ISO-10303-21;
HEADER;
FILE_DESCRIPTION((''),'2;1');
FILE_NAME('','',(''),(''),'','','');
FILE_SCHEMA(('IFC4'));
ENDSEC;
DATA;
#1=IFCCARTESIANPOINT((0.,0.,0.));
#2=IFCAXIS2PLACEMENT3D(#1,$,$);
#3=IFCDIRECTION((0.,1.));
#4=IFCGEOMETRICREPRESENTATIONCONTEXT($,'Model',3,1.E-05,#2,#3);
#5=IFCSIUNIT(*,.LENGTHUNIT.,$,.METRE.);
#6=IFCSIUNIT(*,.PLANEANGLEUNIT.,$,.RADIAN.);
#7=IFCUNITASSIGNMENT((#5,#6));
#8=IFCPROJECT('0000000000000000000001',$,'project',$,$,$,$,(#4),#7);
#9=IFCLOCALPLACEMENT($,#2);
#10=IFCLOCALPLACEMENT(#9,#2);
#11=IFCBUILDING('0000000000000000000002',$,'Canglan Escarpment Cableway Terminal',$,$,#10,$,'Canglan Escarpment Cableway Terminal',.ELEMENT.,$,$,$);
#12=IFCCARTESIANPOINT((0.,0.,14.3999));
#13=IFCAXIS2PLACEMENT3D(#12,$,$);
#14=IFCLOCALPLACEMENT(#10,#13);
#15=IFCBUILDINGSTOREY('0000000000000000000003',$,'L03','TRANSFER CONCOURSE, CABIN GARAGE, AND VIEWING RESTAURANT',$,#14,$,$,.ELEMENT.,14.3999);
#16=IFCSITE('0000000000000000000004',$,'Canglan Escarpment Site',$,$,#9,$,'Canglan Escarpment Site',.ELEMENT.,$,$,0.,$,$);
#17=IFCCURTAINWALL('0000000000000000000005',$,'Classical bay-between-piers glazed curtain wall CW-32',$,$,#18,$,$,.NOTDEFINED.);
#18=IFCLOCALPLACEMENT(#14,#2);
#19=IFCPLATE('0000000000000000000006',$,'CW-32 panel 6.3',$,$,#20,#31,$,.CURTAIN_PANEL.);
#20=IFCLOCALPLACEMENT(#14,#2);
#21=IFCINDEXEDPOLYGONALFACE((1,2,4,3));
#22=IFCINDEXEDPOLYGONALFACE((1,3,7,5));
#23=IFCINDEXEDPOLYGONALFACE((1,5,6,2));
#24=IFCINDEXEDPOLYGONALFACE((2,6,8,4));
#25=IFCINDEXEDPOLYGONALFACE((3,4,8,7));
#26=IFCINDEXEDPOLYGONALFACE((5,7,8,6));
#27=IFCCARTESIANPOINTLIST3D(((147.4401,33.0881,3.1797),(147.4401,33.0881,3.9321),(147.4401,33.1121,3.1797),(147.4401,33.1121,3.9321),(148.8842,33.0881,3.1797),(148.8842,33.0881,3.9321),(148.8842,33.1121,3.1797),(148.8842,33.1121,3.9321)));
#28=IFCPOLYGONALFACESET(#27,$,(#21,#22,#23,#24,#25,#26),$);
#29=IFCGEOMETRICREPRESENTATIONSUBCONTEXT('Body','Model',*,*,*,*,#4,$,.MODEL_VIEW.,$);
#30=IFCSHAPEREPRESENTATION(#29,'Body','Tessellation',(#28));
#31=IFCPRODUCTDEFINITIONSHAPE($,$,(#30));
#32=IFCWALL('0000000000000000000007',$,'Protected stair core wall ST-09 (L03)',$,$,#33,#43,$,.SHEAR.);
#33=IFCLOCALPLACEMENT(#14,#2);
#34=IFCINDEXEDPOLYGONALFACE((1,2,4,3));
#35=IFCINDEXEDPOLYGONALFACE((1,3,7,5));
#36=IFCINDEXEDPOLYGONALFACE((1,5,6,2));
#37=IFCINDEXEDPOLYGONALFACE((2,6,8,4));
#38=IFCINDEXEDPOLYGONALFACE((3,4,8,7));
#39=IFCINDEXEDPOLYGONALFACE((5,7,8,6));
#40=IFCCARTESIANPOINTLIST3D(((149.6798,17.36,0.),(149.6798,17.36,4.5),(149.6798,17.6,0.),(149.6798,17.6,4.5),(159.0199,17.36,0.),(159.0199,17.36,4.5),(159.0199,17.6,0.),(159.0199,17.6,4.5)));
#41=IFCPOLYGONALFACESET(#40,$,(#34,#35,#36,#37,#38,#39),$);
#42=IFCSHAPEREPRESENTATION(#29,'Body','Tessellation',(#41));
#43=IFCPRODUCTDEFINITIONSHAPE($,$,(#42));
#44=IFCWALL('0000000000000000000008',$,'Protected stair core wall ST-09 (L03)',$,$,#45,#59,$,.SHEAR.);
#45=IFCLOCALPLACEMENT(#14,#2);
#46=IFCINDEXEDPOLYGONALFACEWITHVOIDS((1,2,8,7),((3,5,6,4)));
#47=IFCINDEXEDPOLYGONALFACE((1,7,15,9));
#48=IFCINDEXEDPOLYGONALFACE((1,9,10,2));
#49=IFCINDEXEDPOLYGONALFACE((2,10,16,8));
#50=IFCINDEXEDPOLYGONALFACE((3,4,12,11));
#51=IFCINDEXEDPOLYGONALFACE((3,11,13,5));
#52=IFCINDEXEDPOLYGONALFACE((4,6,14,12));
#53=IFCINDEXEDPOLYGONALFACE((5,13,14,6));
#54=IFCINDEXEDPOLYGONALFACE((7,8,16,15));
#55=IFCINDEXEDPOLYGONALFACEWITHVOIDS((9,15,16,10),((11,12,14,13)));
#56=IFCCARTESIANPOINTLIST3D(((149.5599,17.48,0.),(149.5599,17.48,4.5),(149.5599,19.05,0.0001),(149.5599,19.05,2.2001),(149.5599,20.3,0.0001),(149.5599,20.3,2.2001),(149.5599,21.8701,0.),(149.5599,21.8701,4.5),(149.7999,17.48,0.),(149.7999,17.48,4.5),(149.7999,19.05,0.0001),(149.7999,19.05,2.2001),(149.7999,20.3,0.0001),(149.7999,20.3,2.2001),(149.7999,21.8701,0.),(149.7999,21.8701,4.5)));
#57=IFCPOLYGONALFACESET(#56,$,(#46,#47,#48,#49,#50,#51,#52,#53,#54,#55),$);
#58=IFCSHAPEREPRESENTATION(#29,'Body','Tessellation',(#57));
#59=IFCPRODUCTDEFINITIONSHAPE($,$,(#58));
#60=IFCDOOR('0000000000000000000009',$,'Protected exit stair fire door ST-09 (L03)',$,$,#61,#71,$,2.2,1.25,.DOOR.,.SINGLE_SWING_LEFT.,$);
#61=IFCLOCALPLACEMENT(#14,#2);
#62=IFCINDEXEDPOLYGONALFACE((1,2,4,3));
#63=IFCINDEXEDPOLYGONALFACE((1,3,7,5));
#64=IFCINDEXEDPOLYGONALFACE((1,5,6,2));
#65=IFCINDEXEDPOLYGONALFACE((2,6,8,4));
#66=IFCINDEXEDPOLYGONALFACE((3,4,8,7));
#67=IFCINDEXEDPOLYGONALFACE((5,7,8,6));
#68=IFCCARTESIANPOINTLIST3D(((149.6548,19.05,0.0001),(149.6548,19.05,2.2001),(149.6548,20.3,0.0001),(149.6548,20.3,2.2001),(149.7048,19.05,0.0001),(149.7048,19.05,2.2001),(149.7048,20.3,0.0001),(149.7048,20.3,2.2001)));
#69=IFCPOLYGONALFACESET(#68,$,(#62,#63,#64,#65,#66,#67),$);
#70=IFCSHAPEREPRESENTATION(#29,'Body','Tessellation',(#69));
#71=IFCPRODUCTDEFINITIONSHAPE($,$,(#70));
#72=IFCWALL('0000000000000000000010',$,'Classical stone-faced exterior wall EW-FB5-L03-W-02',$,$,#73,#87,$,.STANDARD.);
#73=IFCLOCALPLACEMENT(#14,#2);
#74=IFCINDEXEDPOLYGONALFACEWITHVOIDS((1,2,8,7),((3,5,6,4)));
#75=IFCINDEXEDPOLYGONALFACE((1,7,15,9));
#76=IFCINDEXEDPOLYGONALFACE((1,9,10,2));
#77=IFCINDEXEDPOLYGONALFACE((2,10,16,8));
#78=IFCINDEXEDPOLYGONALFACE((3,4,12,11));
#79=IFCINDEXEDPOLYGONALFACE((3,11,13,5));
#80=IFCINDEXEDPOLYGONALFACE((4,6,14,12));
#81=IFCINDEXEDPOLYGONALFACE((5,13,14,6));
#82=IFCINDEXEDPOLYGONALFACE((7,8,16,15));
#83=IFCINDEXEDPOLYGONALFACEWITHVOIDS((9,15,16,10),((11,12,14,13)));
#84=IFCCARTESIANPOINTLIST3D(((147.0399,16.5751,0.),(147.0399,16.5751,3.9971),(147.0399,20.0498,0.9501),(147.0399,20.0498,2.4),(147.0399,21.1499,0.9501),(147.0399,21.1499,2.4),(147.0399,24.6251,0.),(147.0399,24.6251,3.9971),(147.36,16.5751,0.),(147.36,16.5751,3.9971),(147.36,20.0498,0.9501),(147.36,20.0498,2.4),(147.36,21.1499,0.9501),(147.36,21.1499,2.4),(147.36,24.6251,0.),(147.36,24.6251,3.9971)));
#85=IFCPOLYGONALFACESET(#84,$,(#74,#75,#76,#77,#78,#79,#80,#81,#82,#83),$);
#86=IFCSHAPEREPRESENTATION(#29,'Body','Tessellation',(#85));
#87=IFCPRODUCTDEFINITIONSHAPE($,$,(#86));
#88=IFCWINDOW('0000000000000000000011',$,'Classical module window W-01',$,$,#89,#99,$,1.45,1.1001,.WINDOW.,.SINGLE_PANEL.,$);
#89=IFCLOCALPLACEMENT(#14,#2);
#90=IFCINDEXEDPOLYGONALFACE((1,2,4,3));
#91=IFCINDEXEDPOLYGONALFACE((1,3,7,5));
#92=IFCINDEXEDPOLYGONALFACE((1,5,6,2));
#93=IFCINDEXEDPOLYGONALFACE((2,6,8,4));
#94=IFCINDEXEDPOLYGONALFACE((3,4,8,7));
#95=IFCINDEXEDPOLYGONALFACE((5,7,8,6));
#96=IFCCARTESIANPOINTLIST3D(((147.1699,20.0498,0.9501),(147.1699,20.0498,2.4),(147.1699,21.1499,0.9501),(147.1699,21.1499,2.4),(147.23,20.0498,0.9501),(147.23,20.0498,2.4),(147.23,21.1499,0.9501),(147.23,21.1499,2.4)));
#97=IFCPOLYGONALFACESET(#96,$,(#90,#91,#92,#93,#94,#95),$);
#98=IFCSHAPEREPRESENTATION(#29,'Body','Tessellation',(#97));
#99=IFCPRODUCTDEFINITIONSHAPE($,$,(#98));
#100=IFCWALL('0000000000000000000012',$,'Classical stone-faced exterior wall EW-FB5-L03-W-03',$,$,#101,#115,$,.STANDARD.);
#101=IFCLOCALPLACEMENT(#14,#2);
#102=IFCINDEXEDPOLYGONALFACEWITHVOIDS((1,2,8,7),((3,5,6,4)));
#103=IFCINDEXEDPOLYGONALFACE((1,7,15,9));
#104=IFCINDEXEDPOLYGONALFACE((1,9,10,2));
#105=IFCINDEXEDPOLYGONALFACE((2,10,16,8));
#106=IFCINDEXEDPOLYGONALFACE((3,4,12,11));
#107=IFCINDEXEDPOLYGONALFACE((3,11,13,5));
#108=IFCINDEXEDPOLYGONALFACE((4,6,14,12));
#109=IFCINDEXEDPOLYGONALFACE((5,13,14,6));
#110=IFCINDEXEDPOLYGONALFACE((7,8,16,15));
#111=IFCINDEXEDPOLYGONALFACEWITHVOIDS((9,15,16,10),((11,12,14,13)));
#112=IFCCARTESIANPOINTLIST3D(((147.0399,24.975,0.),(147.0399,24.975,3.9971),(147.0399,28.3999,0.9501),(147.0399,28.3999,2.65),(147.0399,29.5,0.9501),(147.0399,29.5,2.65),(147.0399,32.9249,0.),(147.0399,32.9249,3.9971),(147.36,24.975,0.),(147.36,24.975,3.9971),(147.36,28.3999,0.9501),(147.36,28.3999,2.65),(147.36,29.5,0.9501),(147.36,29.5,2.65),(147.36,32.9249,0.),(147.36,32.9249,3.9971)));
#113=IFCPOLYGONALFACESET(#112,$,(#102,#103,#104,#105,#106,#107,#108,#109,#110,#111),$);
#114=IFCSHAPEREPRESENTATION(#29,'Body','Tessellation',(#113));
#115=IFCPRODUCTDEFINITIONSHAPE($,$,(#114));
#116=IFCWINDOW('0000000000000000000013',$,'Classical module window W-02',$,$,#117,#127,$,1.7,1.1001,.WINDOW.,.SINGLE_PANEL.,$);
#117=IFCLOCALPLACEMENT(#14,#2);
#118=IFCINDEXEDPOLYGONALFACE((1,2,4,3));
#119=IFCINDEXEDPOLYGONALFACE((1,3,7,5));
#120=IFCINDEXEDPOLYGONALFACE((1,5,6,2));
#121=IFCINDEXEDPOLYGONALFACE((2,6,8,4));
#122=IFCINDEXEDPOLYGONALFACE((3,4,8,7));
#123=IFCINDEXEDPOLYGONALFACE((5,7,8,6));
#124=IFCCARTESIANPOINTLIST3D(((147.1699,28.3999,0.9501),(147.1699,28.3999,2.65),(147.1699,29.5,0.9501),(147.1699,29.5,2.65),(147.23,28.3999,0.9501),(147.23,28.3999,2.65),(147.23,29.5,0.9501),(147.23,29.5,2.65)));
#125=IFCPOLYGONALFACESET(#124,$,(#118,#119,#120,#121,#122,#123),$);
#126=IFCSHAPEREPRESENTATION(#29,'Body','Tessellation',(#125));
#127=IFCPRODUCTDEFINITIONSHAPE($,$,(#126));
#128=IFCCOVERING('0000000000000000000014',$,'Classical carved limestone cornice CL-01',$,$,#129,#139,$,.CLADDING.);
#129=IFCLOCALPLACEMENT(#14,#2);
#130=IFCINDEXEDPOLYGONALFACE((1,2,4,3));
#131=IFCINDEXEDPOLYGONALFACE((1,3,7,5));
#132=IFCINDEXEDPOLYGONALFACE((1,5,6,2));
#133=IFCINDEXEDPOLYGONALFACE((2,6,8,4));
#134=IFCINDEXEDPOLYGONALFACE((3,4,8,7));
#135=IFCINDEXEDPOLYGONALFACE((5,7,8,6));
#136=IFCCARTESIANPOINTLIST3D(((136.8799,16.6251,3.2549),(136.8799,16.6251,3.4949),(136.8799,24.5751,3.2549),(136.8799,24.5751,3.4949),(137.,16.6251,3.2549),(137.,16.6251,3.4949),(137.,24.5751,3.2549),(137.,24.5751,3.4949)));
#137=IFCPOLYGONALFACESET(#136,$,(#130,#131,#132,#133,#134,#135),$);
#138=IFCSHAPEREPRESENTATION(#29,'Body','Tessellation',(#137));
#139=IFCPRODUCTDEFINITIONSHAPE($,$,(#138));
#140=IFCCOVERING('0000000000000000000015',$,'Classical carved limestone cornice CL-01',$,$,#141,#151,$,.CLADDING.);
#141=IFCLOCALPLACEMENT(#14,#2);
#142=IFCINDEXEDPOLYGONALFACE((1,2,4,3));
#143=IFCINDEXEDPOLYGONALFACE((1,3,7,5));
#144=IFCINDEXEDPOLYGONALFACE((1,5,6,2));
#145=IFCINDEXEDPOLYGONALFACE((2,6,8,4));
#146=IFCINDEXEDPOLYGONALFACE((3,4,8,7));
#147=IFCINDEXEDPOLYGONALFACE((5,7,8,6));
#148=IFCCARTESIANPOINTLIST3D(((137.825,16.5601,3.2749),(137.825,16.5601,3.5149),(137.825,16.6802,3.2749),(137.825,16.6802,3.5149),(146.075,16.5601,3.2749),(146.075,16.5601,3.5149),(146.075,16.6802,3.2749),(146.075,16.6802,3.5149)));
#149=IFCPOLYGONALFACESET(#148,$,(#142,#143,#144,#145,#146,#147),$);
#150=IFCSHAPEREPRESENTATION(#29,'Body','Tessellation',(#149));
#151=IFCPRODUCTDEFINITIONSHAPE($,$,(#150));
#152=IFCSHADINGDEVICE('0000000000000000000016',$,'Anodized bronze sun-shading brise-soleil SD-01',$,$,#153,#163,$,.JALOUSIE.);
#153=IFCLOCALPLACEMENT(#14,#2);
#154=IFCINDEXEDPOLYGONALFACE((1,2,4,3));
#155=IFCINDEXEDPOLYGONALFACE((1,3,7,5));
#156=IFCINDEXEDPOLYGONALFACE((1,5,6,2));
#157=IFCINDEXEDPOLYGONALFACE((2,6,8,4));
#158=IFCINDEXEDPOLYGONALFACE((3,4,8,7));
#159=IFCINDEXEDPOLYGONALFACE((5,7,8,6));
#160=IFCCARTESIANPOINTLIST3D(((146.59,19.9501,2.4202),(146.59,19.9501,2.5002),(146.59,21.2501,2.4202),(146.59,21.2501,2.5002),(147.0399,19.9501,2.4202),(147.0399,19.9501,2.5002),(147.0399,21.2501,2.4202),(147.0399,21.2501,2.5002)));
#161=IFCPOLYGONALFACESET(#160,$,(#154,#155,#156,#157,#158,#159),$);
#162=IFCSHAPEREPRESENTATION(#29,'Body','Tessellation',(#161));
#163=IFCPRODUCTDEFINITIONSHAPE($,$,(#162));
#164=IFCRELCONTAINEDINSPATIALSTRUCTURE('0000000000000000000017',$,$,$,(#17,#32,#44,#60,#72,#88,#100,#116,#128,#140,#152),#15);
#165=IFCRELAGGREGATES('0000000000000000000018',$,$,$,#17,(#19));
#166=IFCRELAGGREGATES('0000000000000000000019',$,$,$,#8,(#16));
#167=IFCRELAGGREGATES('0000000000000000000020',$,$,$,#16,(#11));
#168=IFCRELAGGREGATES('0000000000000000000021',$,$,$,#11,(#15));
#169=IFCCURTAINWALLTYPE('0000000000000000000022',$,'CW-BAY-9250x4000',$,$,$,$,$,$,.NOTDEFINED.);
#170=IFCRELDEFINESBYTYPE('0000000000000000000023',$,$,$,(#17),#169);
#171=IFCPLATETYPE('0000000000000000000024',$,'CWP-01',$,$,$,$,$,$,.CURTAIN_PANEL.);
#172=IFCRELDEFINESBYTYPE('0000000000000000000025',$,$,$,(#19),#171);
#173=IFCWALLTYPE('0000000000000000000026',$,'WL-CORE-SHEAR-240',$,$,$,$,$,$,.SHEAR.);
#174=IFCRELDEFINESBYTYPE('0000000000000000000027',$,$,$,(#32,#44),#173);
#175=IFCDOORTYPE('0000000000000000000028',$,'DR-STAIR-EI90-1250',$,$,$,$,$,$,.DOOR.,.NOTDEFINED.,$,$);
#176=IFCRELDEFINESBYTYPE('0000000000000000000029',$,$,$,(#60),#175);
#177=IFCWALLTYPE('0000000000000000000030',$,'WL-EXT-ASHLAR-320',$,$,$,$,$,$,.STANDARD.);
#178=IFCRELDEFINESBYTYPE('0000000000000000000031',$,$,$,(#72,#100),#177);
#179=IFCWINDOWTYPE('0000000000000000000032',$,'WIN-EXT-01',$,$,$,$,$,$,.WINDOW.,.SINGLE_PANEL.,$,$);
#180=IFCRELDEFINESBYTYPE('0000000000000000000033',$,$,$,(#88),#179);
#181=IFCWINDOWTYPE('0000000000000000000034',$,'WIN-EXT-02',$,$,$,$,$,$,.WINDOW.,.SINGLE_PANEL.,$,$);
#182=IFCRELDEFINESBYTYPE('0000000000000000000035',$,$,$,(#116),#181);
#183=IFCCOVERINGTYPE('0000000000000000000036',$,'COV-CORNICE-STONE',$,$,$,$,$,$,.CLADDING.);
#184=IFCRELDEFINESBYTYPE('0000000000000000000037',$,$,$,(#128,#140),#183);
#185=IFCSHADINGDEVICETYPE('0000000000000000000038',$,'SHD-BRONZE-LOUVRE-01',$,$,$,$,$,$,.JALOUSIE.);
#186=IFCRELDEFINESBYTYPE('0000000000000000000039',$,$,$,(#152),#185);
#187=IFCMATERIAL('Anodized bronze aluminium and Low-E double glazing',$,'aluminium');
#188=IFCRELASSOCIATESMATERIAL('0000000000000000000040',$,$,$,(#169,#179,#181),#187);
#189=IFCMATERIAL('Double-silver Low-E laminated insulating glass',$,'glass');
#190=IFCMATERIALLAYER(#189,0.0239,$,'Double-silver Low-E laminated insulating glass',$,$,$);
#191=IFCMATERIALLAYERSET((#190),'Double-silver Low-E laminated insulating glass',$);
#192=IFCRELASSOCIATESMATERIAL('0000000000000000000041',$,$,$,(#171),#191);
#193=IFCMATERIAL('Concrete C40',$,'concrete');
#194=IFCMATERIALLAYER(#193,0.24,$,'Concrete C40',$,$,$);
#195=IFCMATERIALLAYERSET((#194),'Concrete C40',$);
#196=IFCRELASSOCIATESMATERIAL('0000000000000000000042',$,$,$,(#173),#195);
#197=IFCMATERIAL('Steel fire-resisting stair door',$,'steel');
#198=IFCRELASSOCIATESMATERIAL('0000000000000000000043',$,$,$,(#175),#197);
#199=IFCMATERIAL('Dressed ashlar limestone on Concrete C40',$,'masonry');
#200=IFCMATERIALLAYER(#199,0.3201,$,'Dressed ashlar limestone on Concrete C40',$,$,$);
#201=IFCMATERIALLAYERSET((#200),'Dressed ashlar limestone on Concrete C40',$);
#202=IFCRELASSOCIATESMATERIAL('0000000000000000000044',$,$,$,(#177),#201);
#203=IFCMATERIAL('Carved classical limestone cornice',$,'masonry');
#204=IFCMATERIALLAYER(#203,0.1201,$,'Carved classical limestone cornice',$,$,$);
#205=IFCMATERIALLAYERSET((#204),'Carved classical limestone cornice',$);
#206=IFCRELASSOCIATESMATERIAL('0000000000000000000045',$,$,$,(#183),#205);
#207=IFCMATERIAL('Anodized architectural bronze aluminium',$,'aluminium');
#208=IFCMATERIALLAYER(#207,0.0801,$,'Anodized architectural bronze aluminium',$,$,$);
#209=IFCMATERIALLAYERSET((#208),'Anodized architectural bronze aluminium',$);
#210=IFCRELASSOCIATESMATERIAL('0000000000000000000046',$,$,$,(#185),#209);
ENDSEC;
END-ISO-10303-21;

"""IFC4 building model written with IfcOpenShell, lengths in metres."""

from ifc_helpers import new_model, si_unit, direction, frame, frame_2d, origin, origin_2d, place, context, subcontext, project, spatial, rectangle, extrude, material, layer, layer_set, type_object, element, fill, aggregate, save


model = new_model("IFC4")

# Units and contexts
model_context = context("Model", 3, precision=1e-05, world=origin(), true_north=direction((0.0, 1.0)))
body_context = subcontext(model_context, "Body", "Model", "MODEL_VIEW")
ifc_project = project(units=[si_unit("LENGTHUNIT", "METRE"), si_unit("PLANEANGLEUNIT", "RADIAN")], contexts=[model_context])

# Site, building, storey
site_placement = place(None, origin())
site = spatial("IfcSite", under=ifc_project, at=site_placement, Name="Canglan Escarpment Site", LongName="Canglan Escarpment Site", CompositionType="ELEMENT", RefElevation=0.0)
building_placement = place(site_placement, origin())
building = spatial("IfcBuilding", under=site, at=building_placement, Name="Canglan Escarpment Cableway Terminal", LongName="Canglan Escarpment Cableway Terminal", CompositionType="ELEMENT")
storey_placement = place(building_placement, frame((0.0, 0.0, 14.3999)))
storey = spatial("IfcBuildingStorey", under=building, at=storey_placement, Name="L03", Description="TRANSFER CONCOURSE, CABIN GARAGE, AND VIEWING RESTAURANT", CompositionType="ELEMENT", Elevation=14.3999)

# Curtain wall
ifc_material_1 = material(Name="Anodized bronze aluminium and Low-E double glazing", Category="aluminium")
curtain_wall_type = type_object("IfcCurtainWallType", Name="CW-BAY-9250x4000", PredefinedType="NOTDEFINED", material=ifc_material_1)
curtain_wall_placement = place(storey_placement, origin())
curtain_wall = element("IfcCurtainWall", 1, at=curtain_wall_placement, inside=storey, type_object=curtain_wall_type, Name="Classical bay-between-piers glazed curtain wall CW-32", PredefinedType="NOTDEFINED")

# Plate
ifc_material_2 = material(Name="Double-silver Low-E laminated insulating glass", Category="glass")
ifc_layer_1 = layer(ifc_material_2, 0.0239, Name="Double-silver Low-E laminated insulating glass")
ifc_layer_set_1 = layer_set([ifc_layer_1], Name="Double-silver Low-E laminated insulating glass")
plate_type = type_object("IfcPlateType", Name="CWP-01", PredefinedType="CURTAIN_PANEL", material=ifc_layer_set_1)
plate_1_placement = place(storey_placement, frame((148.1621, 33.1001, 3.1797), z_axis=(0.0, 0.0, 1.0), x_axis=(-1.0, 0.0, 0.0)))
plate_1 = element("IfcPlate", 2, at=plate_1_placement, type_object=plate_type, Name="CW-32 panel 6.3", PredefinedType="CURTAIN_PANEL", context=body_context, shape_type="SweptSolid", body=[
    extrude(rectangle(XDim=1.4441, YDim=0.0239, at=origin_2d()), origin(), (0.0, 0.0, 1.0), 0.7524),
])
aggregate(curtain_wall, [plate_1])

# Wall
ifc_material_3 = material(Name="Concrete C40", Category="concrete")
ifc_layer_2 = layer(ifc_material_3, 0.24, Name="Concrete C40")
ifc_layer_set_2 = layer_set([ifc_layer_2], Name="Concrete C40")
wall_type_1 = type_object("IfcWallType", Name="WL-CORE-SHEAR-240", PredefinedType="SHEAR", material=ifc_layer_set_2)
wall_1_placement = place(storey_placement, frame((149.6799, 17.48, 0.0), z_axis=(0.0, 0.0, 1.0), x_axis=(1.0, 0.0, 0.0)))
element("IfcWall", 3, at=wall_1_placement, inside=storey, type_object=wall_type_1, Name="Protected stair core wall ST-09 (L03)", PredefinedType="SHEAR", context=body_context, shape_type="SweptSolid", body=[
    extrude(rectangle(XDim=9.3401, YDim=0.24, at=frame_2d((4.6699, 0.0))), origin(), (0.0, 0.0, 1.0), 4.5),
])

# Wall, opening, door
wall_2_placement = place(storey_placement, frame((149.6799, 21.8701, 0.0), z_axis=(0.0, 0.0, 1.0), x_axis=(0.0, -1.0, 0.0)))
wall_2 = element("IfcWall", 4, at=wall_2_placement, inside=storey, type_object=wall_type_1, Name="Protected stair core wall ST-09 (L03)", PredefinedType="SHEAR", context=body_context, shape_type="SweptSolid", body=[
    extrude(rectangle(XDim=4.3901, YDim=0.24, at=frame_2d((2.1951, 0.0))), origin(), (0.0, 0.0, 1.0), 4.5),
])
opening_1_placement = place(wall_2_placement, frame((1.5701, 0.0, 0.0)))
opening_1 = element("IfcOpeningElement", 5, at=opening_1_placement, cuts=wall_2, PredefinedType="OPENING", context=body_context, shape_type="SweptSolid", body=[
    extrude(rectangle(XDim=1.25, YDim=2.2, at=frame_2d((0.625, 1.1001))), frame((0.0, 0.1299, 0.0), z_axis=(0.0, -1.0, 0.0), x_axis=(1.0, 0.0, 0.0)), (0.0, 0.0, 1.0), 0.26),
])
ifc_material_4 = material(Name="Steel fire-resisting stair door", Category="steel")
door_type = type_object("IfcDoorType", Name="DR-STAIR-EI90-1250", OperationType="NOTDEFINED", PredefinedType="DOOR", material=ifc_material_4)
door_placement = place(opening_1_placement, origin())
door = element("IfcDoor", 6, at=door_placement, inside=storey, type_object=door_type, Name="Protected exit stair fire door ST-09 (L03)", OperationType="SINGLE_SWING_LEFT", OverallHeight=2.2, OverallWidth=1.25, PredefinedType="DOOR", context=body_context, shape_type="SweptSolid", body=[
    extrude(rectangle(XDim=1.25, YDim=2.2, at=frame_2d((0.625, 1.1001))), frame((0.0, 0.0249, 0.0), z_axis=(0.0, -1.0, 0.0), x_axis=(1.0, 0.0, 0.0)), (0.0, 0.0, 1.0), 0.05),
])
fill(opening_1, door)

# Walls, openings, windows
ifc_material_5 = material(Name="Dressed ashlar limestone on Concrete C40", Category="masonry")
ifc_layer_3 = layer(ifc_material_5, 0.3201, Name="Dressed ashlar limestone on Concrete C40")
ifc_layer_set_3 = layer_set([ifc_layer_3], Name="Dressed ashlar limestone on Concrete C40")
wall_type_2 = type_object("IfcWallType", Name="WL-EXT-ASHLAR-320", PredefinedType="STANDARD", material=ifc_layer_set_3)
wall_3_placement = place(storey_placement, frame((147.2, 24.625, 0.0), z_axis=(0.0, 0.0, 1.0), x_axis=(0.0, -1.0, 0.0)))
wall_3 = element("IfcWall", 7, at=wall_3_placement, inside=storey, type_object=wall_type_2, Name="Classical stone-faced exterior wall EW-FB5-L03-W-02", PredefinedType="STANDARD", context=body_context, shape_type="SweptSolid", body=[
    extrude(rectangle(XDim=8.05, YDim=0.3201, at=frame_2d((4.0249, 0.0))), origin(), (0.0, 0.0, 1.0), 3.9971),
])
opening_2_placement = place(wall_3_placement, frame((3.4751, 0.0, 0.95)))
opening_2 = element("IfcOpeningElement", 8, at=opening_2_placement, cuts=wall_3, PredefinedType="OPENING", context=body_context, shape_type="SweptSolid", body=[
    extrude(rectangle(XDim=1.1001, YDim=1.45, at=frame_2d((0.55, 0.7251))), frame((0.0, 0.1699, 0.0), z_axis=(0.0, -1.0, 0.0), x_axis=(1.0, 0.0, 0.0)), (0.0, 0.0, 1.0), 0.3401),
])
window_type_1 = type_object("IfcWindowType", Name="WIN-EXT-01", PartitioningType="SINGLE_PANEL", PredefinedType="WINDOW", material=ifc_material_1)
window_1_placement = place(opening_2_placement, origin())
window_1 = element("IfcWindow", 9, at=window_1_placement, inside=storey, type_object=window_type_1, Name="Classical module window W-01", OverallHeight=1.45, OverallWidth=1.1001, PartitioningType="SINGLE_PANEL", PredefinedType="WINDOW", context=body_context, shape_type="SweptSolid", body=[
    extrude(rectangle(XDim=1.1001, YDim=1.45, at=frame_2d((0.55, 0.7251))), frame((0.0, 0.03, 0.0), z_axis=(0.0, -1.0, 0.0), x_axis=(1.0, 0.0, 0.0)), (0.0, 0.0, 1.0), 0.0601),
])
fill(opening_2, window_1)
wall_4_placement = place(storey_placement, frame((147.2, 32.925, 0.0), z_axis=(0.0, 0.0, 1.0), x_axis=(0.0, -1.0, 0.0)))
wall_4 = element("IfcWall", 10, at=wall_4_placement, inside=storey, type_object=wall_type_2, Name="Classical stone-faced exterior wall EW-FB5-L03-W-03", PredefinedType="STANDARD", context=body_context, shape_type="SweptSolid", body=[
    extrude(rectangle(XDim=7.95, YDim=0.3201, at=frame_2d((3.9751, 0.0))), origin(), (0.0, 0.0, 1.0), 3.9971),
])
opening_3_placement = place(wall_4_placement, frame((3.425, 0.0, 0.95)))
opening_3 = element("IfcOpeningElement", 11, at=opening_3_placement, cuts=wall_4, PredefinedType="OPENING", context=body_context, shape_type="SweptSolid", body=[
    extrude(rectangle(XDim=1.1001, YDim=1.7, at=frame_2d((0.55, 0.8501))), frame((0.0, 0.1699, 0.0), z_axis=(0.0, -1.0, 0.0), x_axis=(1.0, 0.0, 0.0)), (0.0, 0.0, 1.0), 0.3401),
])
window_type_2 = type_object("IfcWindowType", Name="WIN-EXT-02", PartitioningType="SINGLE_PANEL", PredefinedType="WINDOW", material=ifc_material_1)
window_2_placement = place(opening_3_placement, origin())
window_2 = element("IfcWindow", 12, at=window_2_placement, inside=storey, type_object=window_type_2, Name="Classical module window W-02", OverallHeight=1.7, OverallWidth=1.1001, PartitioningType="SINGLE_PANEL", PredefinedType="WINDOW", context=body_context, shape_type="SweptSolid", body=[
    extrude(rectangle(XDim=1.1001, YDim=1.7, at=frame_2d((0.55, 0.8501))), frame((0.0, 0.03, 0.0), z_axis=(0.0, -1.0, 0.0), x_axis=(1.0, 0.0, 0.0)), (0.0, 0.0, 1.0), 0.0601),
])
fill(opening_3, window_2)

# Coverings
ifc_material_6 = material(Name="Carved classical limestone cornice", Category="masonry")
ifc_layer_4 = layer(ifc_material_6, 0.1201, Name="Carved classical limestone cornice")
ifc_layer_set_4 = layer_set([ifc_layer_4], Name="Carved classical limestone cornice")
covering_type = type_object("IfcCoveringType", Name="COV-CORNICE-STONE", PredefinedType="CLADDING", material=ifc_layer_set_4)
covering_1_placement = place(storey_placement, frame((136.9399, 20.6001, 3.2549), z_axis=(0.0, 0.0, 1.0), x_axis=(0.0, 1.0, 0.0)))
element("IfcCovering", 13, at=covering_1_placement, inside=storey, type_object=covering_type, Name="Classical carved limestone cornice CL-01", PredefinedType="CLADDING", context=body_context, shape_type="SweptSolid", body=[
    extrude(rectangle(XDim=7.95, YDim=0.1201, at=origin_2d()), origin(), (0.0, 0.0, 1.0), 0.24),
])
covering_2_placement = place(storey_placement, frame((141.95, 16.6201, 3.2749), z_axis=(0.0, 0.0, 1.0), x_axis=(-1.0, 0.0, 0.0)))
element("IfcCovering", 14, at=covering_2_placement, inside=storey, type_object=covering_type, Name="Classical carved limestone cornice CL-01", PredefinedType="CLADDING", context=body_context, shape_type="SweptSolid", body=[
    extrude(rectangle(XDim=8.25, YDim=0.1201, at=origin_2d()), origin(), (0.0, 0.0, 1.0), 0.24),
])

# Shading device
ifc_material_7 = material(Name="Anodized architectural bronze aluminium", Category="aluminium")
ifc_layer_5 = layer(ifc_material_7, 0.0801, Name="Anodized architectural bronze aluminium")
ifc_layer_set_5 = layer_set([ifc_layer_5], Name="Anodized architectural bronze aluminium")
shading_device_type_1 = type_object("IfcShadingDeviceType", Name="SHD-BRONZE-LOUVRE-01", PredefinedType="JALOUSIE", material=ifc_layer_set_5)
shading_device_1_placement = place(storey_placement, frame((146.8149, 20.6001, 2.4202), z_axis=(0.0, 0.0, 1.0), x_axis=(0.0, -1.0, 0.0)))
element("IfcShadingDevice", 15, at=shading_device_1_placement, inside=storey, type_object=shading_device_type_1, Name="Anodized bronze sun-shading brise-soleil SD-01", PredefinedType="JALOUSIE", context=body_context, shape_type="SweptSolid", body=[
    extrude(rectangle(XDim=1.3, YDim=0.45, at=origin_2d()), origin(), (0.0, 0.0, 1.0), 0.0801),
])

save(model, "model.ifc")
